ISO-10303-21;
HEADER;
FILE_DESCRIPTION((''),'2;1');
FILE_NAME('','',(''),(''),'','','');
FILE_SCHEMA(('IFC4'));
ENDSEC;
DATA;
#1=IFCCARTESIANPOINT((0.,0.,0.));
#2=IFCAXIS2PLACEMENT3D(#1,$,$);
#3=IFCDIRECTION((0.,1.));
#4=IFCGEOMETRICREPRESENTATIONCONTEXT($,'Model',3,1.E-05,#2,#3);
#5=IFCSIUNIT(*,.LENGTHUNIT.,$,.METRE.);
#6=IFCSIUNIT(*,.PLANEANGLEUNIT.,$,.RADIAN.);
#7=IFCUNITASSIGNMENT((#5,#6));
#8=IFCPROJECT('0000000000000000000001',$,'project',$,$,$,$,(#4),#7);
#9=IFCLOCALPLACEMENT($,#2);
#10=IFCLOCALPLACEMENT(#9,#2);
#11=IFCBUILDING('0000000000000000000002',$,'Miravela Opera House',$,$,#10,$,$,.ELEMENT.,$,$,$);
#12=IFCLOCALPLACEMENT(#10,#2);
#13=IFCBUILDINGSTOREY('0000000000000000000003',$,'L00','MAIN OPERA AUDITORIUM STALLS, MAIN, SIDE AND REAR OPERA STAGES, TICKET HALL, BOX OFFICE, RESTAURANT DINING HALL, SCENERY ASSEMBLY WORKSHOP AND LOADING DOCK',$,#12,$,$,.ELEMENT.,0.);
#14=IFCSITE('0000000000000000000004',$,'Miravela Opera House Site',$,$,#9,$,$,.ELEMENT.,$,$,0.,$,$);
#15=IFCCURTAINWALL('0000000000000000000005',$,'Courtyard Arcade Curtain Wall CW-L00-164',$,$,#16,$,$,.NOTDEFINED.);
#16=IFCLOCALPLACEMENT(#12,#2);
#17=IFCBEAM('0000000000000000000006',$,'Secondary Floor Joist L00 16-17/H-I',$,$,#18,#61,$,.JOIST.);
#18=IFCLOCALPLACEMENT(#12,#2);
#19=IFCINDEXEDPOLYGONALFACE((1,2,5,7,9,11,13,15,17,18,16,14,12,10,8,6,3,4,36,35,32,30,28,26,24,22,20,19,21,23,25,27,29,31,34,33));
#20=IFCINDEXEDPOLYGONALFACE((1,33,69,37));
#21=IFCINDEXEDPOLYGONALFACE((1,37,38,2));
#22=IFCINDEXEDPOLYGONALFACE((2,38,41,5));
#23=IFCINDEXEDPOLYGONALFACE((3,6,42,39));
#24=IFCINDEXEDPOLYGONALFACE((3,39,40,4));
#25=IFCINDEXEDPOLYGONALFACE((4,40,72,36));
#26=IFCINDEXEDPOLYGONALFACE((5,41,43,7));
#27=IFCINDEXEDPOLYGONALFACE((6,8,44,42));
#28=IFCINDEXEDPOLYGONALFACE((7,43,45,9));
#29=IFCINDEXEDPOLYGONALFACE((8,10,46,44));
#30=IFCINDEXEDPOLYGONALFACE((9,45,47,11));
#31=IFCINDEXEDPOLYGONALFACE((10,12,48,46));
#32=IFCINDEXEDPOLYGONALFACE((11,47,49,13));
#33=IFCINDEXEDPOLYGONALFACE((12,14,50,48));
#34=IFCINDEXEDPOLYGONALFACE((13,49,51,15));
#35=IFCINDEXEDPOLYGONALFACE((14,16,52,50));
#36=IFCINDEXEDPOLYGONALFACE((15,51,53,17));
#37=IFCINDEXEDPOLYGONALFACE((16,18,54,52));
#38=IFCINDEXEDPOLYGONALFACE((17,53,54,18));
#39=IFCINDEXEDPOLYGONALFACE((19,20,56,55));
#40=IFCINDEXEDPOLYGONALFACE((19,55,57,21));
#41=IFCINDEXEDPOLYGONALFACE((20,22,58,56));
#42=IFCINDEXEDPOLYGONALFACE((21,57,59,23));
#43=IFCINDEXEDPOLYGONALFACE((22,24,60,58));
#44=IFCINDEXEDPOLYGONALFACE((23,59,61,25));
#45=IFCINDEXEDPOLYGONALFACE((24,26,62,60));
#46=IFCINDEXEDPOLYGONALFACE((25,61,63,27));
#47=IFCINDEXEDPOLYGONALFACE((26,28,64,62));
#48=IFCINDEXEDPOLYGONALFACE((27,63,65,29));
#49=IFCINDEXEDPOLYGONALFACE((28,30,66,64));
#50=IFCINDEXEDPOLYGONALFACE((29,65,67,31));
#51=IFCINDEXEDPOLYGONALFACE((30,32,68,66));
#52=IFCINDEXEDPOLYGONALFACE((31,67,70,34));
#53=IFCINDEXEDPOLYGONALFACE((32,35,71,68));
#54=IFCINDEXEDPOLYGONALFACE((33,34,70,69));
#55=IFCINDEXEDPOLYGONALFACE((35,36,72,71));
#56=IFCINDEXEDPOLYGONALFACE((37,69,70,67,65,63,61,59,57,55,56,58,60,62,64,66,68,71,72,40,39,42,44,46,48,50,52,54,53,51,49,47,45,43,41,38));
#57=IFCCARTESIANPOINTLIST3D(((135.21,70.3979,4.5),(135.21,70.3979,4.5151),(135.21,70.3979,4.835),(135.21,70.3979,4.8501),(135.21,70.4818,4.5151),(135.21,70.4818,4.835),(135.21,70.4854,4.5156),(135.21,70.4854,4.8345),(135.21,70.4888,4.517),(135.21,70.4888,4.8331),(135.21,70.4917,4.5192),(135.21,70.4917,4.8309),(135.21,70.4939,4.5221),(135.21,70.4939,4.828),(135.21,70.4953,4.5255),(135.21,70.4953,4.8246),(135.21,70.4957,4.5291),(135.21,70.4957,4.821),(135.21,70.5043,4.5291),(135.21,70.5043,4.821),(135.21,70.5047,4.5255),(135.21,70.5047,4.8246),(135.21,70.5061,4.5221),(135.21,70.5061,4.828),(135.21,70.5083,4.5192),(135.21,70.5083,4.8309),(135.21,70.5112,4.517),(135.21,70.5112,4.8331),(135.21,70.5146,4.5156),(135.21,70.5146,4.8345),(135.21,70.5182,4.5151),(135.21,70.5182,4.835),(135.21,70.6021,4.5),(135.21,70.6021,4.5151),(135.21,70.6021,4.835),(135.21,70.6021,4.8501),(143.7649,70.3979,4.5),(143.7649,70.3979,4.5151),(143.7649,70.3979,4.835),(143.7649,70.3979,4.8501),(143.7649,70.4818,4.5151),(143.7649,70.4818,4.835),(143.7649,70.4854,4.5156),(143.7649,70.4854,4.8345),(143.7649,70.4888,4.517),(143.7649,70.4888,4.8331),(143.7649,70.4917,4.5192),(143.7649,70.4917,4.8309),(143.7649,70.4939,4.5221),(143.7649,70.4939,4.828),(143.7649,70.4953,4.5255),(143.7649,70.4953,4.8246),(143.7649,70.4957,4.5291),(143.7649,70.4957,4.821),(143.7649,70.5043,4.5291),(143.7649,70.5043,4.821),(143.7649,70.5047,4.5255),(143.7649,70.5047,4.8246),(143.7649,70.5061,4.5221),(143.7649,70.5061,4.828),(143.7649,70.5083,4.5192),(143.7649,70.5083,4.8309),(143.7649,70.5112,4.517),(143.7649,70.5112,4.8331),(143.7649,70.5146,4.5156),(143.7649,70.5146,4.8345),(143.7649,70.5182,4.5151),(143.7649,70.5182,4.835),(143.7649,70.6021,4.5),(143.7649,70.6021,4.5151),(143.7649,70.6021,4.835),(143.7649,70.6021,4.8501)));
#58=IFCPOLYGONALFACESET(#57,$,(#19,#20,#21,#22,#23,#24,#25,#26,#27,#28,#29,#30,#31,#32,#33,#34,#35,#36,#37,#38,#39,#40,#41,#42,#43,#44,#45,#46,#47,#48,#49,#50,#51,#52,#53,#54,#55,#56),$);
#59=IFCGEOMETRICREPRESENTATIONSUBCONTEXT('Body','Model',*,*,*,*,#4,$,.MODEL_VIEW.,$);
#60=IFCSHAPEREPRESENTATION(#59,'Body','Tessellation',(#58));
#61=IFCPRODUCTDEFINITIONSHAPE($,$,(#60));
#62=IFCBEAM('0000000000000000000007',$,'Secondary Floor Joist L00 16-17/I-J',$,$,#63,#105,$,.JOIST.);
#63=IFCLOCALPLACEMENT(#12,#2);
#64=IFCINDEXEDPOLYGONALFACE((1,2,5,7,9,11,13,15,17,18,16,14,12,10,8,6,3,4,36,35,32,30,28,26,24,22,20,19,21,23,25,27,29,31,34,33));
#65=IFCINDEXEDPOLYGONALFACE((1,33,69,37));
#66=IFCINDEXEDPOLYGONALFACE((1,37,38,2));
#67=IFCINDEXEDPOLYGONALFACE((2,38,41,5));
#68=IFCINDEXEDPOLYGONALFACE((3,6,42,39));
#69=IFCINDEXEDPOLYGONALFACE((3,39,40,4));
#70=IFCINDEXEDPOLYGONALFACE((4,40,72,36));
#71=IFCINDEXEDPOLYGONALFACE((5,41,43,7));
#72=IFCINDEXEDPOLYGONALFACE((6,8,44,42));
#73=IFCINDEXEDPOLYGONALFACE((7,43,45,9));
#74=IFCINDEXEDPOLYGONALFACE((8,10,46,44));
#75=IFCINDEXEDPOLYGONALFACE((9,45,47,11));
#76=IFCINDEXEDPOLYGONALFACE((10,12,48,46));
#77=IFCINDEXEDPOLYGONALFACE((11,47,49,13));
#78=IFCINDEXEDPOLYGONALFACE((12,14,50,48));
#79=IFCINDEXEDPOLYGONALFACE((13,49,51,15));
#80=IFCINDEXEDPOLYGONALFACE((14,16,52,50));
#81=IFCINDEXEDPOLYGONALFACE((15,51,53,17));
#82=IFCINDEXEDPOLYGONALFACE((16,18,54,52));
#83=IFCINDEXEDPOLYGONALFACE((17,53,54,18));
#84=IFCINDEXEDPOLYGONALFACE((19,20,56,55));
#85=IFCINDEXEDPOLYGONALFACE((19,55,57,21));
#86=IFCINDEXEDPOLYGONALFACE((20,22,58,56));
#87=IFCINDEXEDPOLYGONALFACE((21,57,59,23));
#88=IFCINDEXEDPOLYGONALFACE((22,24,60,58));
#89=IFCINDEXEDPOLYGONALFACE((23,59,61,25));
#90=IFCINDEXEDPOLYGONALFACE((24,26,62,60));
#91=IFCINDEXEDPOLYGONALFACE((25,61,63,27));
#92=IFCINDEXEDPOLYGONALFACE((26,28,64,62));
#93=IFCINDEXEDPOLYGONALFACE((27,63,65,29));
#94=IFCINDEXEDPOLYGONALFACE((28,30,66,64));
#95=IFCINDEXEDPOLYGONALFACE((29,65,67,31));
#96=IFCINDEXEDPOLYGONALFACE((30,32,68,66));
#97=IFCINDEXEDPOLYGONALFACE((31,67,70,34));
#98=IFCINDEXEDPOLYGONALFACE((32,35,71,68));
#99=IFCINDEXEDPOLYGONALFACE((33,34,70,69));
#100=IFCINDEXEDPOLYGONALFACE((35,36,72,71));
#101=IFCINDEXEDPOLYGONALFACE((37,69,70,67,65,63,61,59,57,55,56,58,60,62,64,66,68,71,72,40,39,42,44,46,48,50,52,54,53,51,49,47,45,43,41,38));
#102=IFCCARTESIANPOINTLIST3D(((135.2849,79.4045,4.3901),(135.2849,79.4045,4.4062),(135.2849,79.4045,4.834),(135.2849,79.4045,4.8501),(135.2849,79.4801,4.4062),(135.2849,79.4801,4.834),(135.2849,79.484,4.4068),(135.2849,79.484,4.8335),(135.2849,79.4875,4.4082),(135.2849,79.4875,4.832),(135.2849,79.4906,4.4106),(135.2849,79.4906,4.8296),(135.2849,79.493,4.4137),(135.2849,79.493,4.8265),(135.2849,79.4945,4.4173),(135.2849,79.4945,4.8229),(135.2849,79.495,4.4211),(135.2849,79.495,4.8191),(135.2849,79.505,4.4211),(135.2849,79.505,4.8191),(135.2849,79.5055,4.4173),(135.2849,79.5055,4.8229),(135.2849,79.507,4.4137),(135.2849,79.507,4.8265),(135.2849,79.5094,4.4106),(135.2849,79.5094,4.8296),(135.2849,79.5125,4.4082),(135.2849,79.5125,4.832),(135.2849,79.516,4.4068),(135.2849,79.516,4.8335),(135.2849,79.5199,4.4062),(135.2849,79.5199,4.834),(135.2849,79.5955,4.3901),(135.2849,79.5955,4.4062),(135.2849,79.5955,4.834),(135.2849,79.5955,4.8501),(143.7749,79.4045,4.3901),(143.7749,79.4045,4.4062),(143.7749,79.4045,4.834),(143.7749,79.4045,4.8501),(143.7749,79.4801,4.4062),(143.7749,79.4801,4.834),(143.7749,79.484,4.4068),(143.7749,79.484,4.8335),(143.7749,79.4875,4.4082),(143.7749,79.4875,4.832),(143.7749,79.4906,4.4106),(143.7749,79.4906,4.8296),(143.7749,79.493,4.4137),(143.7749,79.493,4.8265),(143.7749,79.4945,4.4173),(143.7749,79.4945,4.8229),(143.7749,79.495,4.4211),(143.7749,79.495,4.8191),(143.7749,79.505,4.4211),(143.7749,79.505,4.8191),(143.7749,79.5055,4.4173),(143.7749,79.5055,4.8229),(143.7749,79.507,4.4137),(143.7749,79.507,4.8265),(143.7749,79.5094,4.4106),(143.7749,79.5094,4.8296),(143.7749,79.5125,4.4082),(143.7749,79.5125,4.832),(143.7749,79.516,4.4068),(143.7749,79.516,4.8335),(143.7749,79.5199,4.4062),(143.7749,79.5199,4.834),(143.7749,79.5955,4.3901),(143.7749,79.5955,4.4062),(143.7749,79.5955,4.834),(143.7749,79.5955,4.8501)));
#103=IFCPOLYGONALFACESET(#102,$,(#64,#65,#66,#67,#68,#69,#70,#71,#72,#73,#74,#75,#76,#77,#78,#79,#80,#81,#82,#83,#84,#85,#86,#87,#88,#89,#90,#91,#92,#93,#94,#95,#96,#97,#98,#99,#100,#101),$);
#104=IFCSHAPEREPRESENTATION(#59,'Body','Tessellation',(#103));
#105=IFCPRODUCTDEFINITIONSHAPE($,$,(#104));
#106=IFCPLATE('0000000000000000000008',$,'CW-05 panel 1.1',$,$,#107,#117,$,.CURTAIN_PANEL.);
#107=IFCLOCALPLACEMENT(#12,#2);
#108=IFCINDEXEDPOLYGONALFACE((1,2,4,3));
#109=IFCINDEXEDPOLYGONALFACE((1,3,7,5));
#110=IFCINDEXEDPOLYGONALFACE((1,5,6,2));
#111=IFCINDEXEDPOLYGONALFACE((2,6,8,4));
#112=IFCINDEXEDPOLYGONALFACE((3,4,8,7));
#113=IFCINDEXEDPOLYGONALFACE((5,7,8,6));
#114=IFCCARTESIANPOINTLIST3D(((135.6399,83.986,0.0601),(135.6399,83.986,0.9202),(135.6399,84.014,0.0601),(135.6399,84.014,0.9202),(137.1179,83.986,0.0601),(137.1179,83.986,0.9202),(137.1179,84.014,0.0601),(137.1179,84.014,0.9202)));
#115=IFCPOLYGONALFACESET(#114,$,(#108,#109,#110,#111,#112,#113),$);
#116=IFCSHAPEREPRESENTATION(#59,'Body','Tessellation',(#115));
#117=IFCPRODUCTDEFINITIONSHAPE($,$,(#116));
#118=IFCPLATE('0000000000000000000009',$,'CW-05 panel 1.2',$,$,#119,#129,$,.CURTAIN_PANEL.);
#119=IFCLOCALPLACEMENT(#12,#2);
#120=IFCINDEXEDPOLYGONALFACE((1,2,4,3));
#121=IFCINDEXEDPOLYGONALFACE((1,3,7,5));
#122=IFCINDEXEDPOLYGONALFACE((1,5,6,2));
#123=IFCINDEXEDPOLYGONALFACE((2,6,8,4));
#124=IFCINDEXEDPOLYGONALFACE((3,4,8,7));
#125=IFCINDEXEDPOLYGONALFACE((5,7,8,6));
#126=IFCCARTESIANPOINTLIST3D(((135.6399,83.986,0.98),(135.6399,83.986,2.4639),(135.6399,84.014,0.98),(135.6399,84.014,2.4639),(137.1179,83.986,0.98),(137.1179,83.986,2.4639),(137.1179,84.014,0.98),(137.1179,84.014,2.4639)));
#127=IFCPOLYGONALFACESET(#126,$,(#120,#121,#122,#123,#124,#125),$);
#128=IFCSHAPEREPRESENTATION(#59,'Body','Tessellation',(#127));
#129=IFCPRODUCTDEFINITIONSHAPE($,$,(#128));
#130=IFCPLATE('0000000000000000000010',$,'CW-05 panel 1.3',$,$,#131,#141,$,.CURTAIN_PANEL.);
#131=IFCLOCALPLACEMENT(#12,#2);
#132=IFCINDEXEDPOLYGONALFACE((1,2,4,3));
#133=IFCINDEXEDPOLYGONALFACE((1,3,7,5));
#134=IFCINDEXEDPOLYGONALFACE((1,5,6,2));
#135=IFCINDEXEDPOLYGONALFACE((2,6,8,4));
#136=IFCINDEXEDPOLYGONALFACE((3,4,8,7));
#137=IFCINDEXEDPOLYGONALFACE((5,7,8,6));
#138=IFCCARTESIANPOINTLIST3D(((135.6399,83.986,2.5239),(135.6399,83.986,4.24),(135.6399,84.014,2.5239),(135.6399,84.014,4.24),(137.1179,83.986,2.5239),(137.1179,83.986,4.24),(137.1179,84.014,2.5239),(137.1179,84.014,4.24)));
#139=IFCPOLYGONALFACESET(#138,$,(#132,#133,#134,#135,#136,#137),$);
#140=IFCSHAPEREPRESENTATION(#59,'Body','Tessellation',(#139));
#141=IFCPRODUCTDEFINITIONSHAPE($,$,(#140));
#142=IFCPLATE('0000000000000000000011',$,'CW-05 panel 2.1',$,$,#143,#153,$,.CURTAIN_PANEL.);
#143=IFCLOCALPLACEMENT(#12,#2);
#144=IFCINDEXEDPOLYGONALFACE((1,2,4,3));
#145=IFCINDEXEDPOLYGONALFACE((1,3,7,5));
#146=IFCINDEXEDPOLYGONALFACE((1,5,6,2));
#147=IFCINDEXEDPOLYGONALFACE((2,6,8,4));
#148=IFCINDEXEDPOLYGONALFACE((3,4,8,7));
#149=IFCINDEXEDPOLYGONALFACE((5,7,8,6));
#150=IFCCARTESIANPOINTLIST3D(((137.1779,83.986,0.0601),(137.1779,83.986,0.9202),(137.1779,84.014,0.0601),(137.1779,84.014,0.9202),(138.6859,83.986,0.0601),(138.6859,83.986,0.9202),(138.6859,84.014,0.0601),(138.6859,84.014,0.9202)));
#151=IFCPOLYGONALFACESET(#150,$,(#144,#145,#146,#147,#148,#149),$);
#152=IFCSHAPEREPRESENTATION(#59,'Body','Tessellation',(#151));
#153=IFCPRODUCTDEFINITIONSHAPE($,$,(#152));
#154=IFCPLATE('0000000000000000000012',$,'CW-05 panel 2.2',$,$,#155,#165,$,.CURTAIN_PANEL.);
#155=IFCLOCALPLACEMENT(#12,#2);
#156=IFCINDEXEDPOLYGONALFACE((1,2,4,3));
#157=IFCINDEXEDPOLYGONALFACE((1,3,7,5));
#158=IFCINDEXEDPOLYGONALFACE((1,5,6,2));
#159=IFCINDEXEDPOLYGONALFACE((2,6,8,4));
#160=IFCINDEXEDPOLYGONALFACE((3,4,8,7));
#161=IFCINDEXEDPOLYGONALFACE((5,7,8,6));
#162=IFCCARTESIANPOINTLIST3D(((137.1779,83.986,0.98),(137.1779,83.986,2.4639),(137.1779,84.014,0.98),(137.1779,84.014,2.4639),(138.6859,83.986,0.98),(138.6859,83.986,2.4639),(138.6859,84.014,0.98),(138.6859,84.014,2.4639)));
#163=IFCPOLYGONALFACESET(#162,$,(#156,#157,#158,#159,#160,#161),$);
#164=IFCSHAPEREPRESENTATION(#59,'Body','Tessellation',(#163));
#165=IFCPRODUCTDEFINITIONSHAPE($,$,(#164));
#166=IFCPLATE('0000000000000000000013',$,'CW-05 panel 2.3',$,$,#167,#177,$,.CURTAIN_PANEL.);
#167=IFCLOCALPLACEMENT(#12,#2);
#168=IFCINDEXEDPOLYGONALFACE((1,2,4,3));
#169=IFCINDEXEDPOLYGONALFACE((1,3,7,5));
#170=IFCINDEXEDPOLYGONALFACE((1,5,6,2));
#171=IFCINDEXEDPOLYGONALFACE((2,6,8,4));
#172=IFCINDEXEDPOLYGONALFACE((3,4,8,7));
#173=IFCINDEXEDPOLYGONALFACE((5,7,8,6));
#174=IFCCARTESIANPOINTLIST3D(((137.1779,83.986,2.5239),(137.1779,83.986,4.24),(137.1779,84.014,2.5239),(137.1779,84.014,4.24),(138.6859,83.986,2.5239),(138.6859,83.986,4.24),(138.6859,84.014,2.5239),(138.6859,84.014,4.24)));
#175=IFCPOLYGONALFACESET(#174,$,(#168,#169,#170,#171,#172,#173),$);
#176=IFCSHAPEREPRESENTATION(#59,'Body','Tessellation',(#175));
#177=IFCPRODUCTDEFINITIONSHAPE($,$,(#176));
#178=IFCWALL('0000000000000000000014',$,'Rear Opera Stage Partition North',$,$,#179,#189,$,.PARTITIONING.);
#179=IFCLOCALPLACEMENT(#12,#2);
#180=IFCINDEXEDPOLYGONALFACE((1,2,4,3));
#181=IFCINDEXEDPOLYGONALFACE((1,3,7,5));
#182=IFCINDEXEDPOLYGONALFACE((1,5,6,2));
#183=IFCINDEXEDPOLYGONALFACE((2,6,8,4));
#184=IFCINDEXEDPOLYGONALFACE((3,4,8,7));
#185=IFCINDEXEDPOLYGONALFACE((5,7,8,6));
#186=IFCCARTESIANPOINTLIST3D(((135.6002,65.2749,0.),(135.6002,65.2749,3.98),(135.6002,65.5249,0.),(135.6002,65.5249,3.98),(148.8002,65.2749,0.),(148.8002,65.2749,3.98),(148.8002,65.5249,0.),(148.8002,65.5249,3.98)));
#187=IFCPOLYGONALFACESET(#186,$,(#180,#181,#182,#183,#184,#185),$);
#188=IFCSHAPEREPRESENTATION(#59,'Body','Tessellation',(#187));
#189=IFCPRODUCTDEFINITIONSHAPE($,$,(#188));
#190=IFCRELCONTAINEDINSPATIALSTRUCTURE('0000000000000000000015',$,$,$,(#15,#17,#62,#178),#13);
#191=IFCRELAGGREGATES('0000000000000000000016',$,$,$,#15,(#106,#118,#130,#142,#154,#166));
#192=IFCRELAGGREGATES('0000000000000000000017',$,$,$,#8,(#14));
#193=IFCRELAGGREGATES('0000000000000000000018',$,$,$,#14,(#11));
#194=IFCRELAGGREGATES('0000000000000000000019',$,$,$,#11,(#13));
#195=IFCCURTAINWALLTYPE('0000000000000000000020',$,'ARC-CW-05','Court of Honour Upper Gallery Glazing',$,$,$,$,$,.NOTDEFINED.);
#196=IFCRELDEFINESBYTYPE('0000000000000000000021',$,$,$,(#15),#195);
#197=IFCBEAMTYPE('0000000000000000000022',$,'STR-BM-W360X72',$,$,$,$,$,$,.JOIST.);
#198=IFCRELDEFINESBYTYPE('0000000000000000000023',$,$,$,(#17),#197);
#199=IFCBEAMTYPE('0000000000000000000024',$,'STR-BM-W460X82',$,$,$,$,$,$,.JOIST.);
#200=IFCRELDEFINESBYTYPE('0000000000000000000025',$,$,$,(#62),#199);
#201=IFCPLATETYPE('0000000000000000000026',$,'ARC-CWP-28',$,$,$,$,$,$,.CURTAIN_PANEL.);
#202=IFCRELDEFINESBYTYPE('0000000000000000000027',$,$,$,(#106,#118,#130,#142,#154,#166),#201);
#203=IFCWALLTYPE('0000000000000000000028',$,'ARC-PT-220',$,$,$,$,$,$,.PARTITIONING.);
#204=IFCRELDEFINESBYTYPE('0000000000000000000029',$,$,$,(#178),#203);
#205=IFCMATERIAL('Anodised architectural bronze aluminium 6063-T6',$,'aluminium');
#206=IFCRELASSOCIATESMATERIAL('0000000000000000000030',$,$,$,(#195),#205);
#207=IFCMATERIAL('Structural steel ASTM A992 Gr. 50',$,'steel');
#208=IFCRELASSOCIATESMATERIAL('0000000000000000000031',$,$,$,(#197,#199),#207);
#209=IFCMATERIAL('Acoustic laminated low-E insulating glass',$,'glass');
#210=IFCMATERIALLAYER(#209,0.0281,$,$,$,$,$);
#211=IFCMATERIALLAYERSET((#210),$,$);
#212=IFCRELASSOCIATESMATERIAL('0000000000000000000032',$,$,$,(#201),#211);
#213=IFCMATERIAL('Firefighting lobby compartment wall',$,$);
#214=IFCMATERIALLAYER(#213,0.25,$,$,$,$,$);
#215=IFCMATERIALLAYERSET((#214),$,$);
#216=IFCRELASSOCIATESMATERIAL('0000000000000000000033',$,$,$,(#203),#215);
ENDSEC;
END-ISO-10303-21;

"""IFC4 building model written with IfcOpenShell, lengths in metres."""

from ifc_helpers import new_model, si_unit, direction, frame, frame_2d, origin, origin_2d, place, context, subcontext, project, spatial, rectangle, i_section, extrude, material, layer, layer_set, material_profile, profile_set, type_object, element, aggregate, save


model = new_model("IFC4")

# Units and contexts
model_context = context("Model", 3, precision=1e-05, world=origin(), true_north=direction((0.0, 1.0)))
body_context = subcontext(model_context, "Body", "Model", "MODEL_VIEW")
ifc_project = project(units=[si_unit("LENGTHUNIT", "METRE"), si_unit("PLANEANGLEUNIT", "RADIAN")], contexts=[model_context])

# Site, building, storey
site_placement = place(None, origin())
site = spatial("IfcSite", under=ifc_project, at=site_placement, Name="Miravela Opera House Site", CompositionType="ELEMENT", RefElevation=0.0)
building_placement = place(site_placement, origin())
building = spatial("IfcBuilding", under=site, at=building_placement, Name="Miravela Opera House", CompositionType="ELEMENT")
storey_placement = place(building_placement, origin())
storey = spatial("IfcBuildingStorey", under=building, at=storey_placement, Name="L00", Description="MAIN OPERA AUDITORIUM STALLS, MAIN, SIDE AND REAR OPERA STAGES, TICKET HALL, BOX OFFICE, RESTAURANT DINING HALL, SCENERY ASSEMBLY WORKSHOP AND LOADING DOCK", CompositionType="ELEMENT", Elevation=0.0)

# Curtain wall
ifc_material_1 = material(Name="Anodised architectural bronze aluminium 6063-T6", Category="aluminium")
curtain_wall_type = type_object("IfcCurtainWallType", Name="ARC-CW-05", Description="Court of Honour Upper Gallery Glazing", PredefinedType="NOTDEFINED", material=ifc_material_1)
curtain_wall_placement = place(storey_placement, origin())
curtain_wall = element("IfcCurtainWall", 1, at=curtain_wall_placement, inside=storey, type_object=curtain_wall_type, Name="Courtyard Arcade Curtain Wall CW-L00-164", PredefinedType="NOTDEFINED")

# Beams
ifc_material_2 = material(Name="Structural steel ASTM A992 Gr. 50", Category="steel")
ifc_material_profile_1 = material_profile(ifc_material_2, i_section(OverallWidth=0.2041, OverallDepth=0.3501, WebThickness=0.0085, FlangeThickness=0.0151, FilletRadius=0.0139, at=origin_2d()), Name="W360X72")
ifc_profile_set_1 = profile_set([ifc_material_profile_1])
beam_type_1 = type_object("IfcBeamType", Name="STR-BM-W360X72", PredefinedType="JOIST", material=ifc_profile_set_1)
beam_1_placement = place(storey_placement, frame((135.21, 70.5, 4.675), z_axis=(1.0, 0.0, 0.0), x_axis=(0.0, 1.0, 0.0)))
element("IfcBeam", 2, at=beam_1_placement, inside=storey, type_object=beam_type_1, Name="Secondary Floor Joist L00 16-17/H-I", PredefinedType="JOIST", context=body_context, shape_type="SweptSolid", body=[
    extrude(i_section(OverallWidth=0.2041, OverallDepth=0.3501, WebThickness=0.0085, FlangeThickness=0.0151, FilletRadius=0.0139, at=origin_2d()), origin(), (0.0, 0.0, 1.0), 8.5549),
])
ifc_material_profile_2 = material_profile(ifc_material_2, i_section(OverallWidth=0.1909, OverallDepth=0.46, WebThickness=0.01, FlangeThickness=0.0161, FilletRadius=0.0149, at=origin_2d()), Name="W460X82")
ifc_profile_set_2 = profile_set([ifc_material_profile_2])
beam_type_2 = type_object("IfcBeamType", Name="STR-BM-W460X82", PredefinedType="JOIST", material=ifc_profile_set_2)
beam_2_placement = place(storey_placement, frame((135.2849, 79.5, 4.6201), z_axis=(1.0, 0.0, 0.0), x_axis=(0.0, 1.0, 0.0)))
element("IfcBeam", 3, at=beam_2_placement, inside=storey, type_object=beam_type_2, Name="Secondary Floor Joist L00 16-17/I-J", PredefinedType="JOIST", context=body_context, shape_type="SweptSolid", body=[
    extrude(i_section(OverallWidth=0.1909, OverallDepth=0.46, WebThickness=0.01, FlangeThickness=0.0161, FilletRadius=0.0149, at=origin_2d()), origin(), (0.0, 0.0, 1.0), 8.49),
])

# Plates
ifc_material_3 = material(Name="Acoustic laminated low-E insulating glass", Category="glass")
ifc_layer_1 = layer(ifc_material_3, 0.0281)
ifc_layer_set_1 = layer_set([ifc_layer_1])
plate_type = type_object("IfcPlateType", Name="ARC-CWP-28", PredefinedType="CURTAIN_PANEL", material=ifc_layer_set_1)
plate_1_placement = place(storey_placement, frame((136.3789, 84.0, 0.0601), z_axis=(0.0, 0.0, 1.0), x_axis=(1.0, 0.0, 0.0)))
plate_1 = element("IfcPlate", 4, at=plate_1_placement, type_object=plate_type, Name="CW-05 panel 1.1", PredefinedType="CURTAIN_PANEL", context=body_context, shape_type="SweptSolid", body=[
    extrude(rectangle(XDim=1.478, YDim=0.0281, at=origin_2d()), origin(), (0.0, 0.0, 1.0), 0.8601),
])
plate_2_placement = place(storey_placement, frame((136.3789, 84.0, 0.98), z_axis=(0.0, 0.0, 1.0), x_axis=(1.0, 0.0, 0.0)))
plate_2 = element("IfcPlate", 5, at=plate_2_placement, type_object=plate_type, Name="CW-05 panel 1.2", PredefinedType="CURTAIN_PANEL", context=body_context, shape_type="SweptSolid", body=[
    extrude(rectangle(XDim=1.478, YDim=0.0281, at=origin_2d()), origin(), (0.0, 0.0, 1.0), 1.4839),
])
plate_3_placement = place(storey_placement, frame((136.3789, 84.0, 2.5239), z_axis=(0.0, 0.0, 1.0), x_axis=(1.0, 0.0, 0.0)))
plate_3 = element("IfcPlate", 6, at=plate_3_placement, type_object=plate_type, Name="CW-05 panel 1.3", PredefinedType="CURTAIN_PANEL", context=body_context, shape_type="SweptSolid", body=[
    extrude(rectangle(XDim=1.478, YDim=0.0281, at=origin_2d()), origin(), (0.0, 0.0, 1.0), 1.7161),
])
plate_4_placement = place(storey_placement, frame((137.9319, 84.0, 0.0601), z_axis=(0.0, 0.0, 1.0), x_axis=(1.0, 0.0, 0.0)))
plate_4 = element("IfcPlate", 7, at=plate_4_placement, type_object=plate_type, Name="CW-05 panel 2.1", PredefinedType="CURTAIN_PANEL", context=body_context, shape_type="SweptSolid", body=[
    extrude(rectangle(XDim=1.5081, YDim=0.0281, at=origin_2d()), origin(), (0.0, 0.0, 1.0), 0.8601),
])
plate_5_placement = place(storey_placement, frame((137.9319, 84.0, 0.98), z_axis=(0.0, 0.0, 1.0), x_axis=(1.0, 0.0, 0.0)))
plate_5 = element("IfcPlate", 8, at=plate_5_placement, type_object=plate_type, Name="CW-05 panel 2.2", PredefinedType="CURTAIN_PANEL", context=body_context, shape_type="SweptSolid", body=[
    extrude(rectangle(XDim=1.5081, YDim=0.0281, at=origin_2d()), origin(), (0.0, 0.0, 1.0), 1.4839),
])
plate_6_placement = place(storey_placement, frame((137.9319, 84.0, 2.5239), z_axis=(0.0, 0.0, 1.0), x_axis=(1.0, 0.0, 0.0)))
plate_6 = element("IfcPlate", 9, at=plate_6_placement, type_object=plate_type, Name="CW-05 panel 2.3", PredefinedType="CURTAIN_PANEL", context=body_context, shape_type="SweptSolid", body=[
    extrude(rectangle(XDim=1.5081, YDim=0.0281, at=origin_2d()), origin(), (0.0, 0.0, 1.0), 1.7161),
])
aggregate(curtain_wall, [plate_1, plate_2, plate_3, plate_4, plate_5, plate_6])

# Wall
ifc_material_4 = material(Name="Firefighting lobby compartment wall")
ifc_layer_2 = layer(ifc_material_4, 0.25)
ifc_layer_set_2 = layer_set([ifc_layer_2])
wall_type = type_object("IfcWallType", Name="ARC-PT-220", PredefinedType="PARTITIONING", material=ifc_layer_set_2)
wall_placement = place(storey_placement, frame((135.6001, 65.3999, 0.0), z_axis=(0.0, 0.0, 1.0), x_axis=(1.0, 0.0, 0.0)))
element("IfcWall", 10, at=wall_placement, inside=storey, type_object=wall_type, Name="Rear Opera Stage Partition North", PredefinedType="PARTITIONING", context=body_context, shape_type="SweptSolid", body=[
    extrude(rectangle(XDim=13.2, YDim=0.25, at=frame_2d((6.6001, 0.0))), origin(), (0.0, 0.0, 1.0), 3.98),
])

save(model, "model.ifc")
